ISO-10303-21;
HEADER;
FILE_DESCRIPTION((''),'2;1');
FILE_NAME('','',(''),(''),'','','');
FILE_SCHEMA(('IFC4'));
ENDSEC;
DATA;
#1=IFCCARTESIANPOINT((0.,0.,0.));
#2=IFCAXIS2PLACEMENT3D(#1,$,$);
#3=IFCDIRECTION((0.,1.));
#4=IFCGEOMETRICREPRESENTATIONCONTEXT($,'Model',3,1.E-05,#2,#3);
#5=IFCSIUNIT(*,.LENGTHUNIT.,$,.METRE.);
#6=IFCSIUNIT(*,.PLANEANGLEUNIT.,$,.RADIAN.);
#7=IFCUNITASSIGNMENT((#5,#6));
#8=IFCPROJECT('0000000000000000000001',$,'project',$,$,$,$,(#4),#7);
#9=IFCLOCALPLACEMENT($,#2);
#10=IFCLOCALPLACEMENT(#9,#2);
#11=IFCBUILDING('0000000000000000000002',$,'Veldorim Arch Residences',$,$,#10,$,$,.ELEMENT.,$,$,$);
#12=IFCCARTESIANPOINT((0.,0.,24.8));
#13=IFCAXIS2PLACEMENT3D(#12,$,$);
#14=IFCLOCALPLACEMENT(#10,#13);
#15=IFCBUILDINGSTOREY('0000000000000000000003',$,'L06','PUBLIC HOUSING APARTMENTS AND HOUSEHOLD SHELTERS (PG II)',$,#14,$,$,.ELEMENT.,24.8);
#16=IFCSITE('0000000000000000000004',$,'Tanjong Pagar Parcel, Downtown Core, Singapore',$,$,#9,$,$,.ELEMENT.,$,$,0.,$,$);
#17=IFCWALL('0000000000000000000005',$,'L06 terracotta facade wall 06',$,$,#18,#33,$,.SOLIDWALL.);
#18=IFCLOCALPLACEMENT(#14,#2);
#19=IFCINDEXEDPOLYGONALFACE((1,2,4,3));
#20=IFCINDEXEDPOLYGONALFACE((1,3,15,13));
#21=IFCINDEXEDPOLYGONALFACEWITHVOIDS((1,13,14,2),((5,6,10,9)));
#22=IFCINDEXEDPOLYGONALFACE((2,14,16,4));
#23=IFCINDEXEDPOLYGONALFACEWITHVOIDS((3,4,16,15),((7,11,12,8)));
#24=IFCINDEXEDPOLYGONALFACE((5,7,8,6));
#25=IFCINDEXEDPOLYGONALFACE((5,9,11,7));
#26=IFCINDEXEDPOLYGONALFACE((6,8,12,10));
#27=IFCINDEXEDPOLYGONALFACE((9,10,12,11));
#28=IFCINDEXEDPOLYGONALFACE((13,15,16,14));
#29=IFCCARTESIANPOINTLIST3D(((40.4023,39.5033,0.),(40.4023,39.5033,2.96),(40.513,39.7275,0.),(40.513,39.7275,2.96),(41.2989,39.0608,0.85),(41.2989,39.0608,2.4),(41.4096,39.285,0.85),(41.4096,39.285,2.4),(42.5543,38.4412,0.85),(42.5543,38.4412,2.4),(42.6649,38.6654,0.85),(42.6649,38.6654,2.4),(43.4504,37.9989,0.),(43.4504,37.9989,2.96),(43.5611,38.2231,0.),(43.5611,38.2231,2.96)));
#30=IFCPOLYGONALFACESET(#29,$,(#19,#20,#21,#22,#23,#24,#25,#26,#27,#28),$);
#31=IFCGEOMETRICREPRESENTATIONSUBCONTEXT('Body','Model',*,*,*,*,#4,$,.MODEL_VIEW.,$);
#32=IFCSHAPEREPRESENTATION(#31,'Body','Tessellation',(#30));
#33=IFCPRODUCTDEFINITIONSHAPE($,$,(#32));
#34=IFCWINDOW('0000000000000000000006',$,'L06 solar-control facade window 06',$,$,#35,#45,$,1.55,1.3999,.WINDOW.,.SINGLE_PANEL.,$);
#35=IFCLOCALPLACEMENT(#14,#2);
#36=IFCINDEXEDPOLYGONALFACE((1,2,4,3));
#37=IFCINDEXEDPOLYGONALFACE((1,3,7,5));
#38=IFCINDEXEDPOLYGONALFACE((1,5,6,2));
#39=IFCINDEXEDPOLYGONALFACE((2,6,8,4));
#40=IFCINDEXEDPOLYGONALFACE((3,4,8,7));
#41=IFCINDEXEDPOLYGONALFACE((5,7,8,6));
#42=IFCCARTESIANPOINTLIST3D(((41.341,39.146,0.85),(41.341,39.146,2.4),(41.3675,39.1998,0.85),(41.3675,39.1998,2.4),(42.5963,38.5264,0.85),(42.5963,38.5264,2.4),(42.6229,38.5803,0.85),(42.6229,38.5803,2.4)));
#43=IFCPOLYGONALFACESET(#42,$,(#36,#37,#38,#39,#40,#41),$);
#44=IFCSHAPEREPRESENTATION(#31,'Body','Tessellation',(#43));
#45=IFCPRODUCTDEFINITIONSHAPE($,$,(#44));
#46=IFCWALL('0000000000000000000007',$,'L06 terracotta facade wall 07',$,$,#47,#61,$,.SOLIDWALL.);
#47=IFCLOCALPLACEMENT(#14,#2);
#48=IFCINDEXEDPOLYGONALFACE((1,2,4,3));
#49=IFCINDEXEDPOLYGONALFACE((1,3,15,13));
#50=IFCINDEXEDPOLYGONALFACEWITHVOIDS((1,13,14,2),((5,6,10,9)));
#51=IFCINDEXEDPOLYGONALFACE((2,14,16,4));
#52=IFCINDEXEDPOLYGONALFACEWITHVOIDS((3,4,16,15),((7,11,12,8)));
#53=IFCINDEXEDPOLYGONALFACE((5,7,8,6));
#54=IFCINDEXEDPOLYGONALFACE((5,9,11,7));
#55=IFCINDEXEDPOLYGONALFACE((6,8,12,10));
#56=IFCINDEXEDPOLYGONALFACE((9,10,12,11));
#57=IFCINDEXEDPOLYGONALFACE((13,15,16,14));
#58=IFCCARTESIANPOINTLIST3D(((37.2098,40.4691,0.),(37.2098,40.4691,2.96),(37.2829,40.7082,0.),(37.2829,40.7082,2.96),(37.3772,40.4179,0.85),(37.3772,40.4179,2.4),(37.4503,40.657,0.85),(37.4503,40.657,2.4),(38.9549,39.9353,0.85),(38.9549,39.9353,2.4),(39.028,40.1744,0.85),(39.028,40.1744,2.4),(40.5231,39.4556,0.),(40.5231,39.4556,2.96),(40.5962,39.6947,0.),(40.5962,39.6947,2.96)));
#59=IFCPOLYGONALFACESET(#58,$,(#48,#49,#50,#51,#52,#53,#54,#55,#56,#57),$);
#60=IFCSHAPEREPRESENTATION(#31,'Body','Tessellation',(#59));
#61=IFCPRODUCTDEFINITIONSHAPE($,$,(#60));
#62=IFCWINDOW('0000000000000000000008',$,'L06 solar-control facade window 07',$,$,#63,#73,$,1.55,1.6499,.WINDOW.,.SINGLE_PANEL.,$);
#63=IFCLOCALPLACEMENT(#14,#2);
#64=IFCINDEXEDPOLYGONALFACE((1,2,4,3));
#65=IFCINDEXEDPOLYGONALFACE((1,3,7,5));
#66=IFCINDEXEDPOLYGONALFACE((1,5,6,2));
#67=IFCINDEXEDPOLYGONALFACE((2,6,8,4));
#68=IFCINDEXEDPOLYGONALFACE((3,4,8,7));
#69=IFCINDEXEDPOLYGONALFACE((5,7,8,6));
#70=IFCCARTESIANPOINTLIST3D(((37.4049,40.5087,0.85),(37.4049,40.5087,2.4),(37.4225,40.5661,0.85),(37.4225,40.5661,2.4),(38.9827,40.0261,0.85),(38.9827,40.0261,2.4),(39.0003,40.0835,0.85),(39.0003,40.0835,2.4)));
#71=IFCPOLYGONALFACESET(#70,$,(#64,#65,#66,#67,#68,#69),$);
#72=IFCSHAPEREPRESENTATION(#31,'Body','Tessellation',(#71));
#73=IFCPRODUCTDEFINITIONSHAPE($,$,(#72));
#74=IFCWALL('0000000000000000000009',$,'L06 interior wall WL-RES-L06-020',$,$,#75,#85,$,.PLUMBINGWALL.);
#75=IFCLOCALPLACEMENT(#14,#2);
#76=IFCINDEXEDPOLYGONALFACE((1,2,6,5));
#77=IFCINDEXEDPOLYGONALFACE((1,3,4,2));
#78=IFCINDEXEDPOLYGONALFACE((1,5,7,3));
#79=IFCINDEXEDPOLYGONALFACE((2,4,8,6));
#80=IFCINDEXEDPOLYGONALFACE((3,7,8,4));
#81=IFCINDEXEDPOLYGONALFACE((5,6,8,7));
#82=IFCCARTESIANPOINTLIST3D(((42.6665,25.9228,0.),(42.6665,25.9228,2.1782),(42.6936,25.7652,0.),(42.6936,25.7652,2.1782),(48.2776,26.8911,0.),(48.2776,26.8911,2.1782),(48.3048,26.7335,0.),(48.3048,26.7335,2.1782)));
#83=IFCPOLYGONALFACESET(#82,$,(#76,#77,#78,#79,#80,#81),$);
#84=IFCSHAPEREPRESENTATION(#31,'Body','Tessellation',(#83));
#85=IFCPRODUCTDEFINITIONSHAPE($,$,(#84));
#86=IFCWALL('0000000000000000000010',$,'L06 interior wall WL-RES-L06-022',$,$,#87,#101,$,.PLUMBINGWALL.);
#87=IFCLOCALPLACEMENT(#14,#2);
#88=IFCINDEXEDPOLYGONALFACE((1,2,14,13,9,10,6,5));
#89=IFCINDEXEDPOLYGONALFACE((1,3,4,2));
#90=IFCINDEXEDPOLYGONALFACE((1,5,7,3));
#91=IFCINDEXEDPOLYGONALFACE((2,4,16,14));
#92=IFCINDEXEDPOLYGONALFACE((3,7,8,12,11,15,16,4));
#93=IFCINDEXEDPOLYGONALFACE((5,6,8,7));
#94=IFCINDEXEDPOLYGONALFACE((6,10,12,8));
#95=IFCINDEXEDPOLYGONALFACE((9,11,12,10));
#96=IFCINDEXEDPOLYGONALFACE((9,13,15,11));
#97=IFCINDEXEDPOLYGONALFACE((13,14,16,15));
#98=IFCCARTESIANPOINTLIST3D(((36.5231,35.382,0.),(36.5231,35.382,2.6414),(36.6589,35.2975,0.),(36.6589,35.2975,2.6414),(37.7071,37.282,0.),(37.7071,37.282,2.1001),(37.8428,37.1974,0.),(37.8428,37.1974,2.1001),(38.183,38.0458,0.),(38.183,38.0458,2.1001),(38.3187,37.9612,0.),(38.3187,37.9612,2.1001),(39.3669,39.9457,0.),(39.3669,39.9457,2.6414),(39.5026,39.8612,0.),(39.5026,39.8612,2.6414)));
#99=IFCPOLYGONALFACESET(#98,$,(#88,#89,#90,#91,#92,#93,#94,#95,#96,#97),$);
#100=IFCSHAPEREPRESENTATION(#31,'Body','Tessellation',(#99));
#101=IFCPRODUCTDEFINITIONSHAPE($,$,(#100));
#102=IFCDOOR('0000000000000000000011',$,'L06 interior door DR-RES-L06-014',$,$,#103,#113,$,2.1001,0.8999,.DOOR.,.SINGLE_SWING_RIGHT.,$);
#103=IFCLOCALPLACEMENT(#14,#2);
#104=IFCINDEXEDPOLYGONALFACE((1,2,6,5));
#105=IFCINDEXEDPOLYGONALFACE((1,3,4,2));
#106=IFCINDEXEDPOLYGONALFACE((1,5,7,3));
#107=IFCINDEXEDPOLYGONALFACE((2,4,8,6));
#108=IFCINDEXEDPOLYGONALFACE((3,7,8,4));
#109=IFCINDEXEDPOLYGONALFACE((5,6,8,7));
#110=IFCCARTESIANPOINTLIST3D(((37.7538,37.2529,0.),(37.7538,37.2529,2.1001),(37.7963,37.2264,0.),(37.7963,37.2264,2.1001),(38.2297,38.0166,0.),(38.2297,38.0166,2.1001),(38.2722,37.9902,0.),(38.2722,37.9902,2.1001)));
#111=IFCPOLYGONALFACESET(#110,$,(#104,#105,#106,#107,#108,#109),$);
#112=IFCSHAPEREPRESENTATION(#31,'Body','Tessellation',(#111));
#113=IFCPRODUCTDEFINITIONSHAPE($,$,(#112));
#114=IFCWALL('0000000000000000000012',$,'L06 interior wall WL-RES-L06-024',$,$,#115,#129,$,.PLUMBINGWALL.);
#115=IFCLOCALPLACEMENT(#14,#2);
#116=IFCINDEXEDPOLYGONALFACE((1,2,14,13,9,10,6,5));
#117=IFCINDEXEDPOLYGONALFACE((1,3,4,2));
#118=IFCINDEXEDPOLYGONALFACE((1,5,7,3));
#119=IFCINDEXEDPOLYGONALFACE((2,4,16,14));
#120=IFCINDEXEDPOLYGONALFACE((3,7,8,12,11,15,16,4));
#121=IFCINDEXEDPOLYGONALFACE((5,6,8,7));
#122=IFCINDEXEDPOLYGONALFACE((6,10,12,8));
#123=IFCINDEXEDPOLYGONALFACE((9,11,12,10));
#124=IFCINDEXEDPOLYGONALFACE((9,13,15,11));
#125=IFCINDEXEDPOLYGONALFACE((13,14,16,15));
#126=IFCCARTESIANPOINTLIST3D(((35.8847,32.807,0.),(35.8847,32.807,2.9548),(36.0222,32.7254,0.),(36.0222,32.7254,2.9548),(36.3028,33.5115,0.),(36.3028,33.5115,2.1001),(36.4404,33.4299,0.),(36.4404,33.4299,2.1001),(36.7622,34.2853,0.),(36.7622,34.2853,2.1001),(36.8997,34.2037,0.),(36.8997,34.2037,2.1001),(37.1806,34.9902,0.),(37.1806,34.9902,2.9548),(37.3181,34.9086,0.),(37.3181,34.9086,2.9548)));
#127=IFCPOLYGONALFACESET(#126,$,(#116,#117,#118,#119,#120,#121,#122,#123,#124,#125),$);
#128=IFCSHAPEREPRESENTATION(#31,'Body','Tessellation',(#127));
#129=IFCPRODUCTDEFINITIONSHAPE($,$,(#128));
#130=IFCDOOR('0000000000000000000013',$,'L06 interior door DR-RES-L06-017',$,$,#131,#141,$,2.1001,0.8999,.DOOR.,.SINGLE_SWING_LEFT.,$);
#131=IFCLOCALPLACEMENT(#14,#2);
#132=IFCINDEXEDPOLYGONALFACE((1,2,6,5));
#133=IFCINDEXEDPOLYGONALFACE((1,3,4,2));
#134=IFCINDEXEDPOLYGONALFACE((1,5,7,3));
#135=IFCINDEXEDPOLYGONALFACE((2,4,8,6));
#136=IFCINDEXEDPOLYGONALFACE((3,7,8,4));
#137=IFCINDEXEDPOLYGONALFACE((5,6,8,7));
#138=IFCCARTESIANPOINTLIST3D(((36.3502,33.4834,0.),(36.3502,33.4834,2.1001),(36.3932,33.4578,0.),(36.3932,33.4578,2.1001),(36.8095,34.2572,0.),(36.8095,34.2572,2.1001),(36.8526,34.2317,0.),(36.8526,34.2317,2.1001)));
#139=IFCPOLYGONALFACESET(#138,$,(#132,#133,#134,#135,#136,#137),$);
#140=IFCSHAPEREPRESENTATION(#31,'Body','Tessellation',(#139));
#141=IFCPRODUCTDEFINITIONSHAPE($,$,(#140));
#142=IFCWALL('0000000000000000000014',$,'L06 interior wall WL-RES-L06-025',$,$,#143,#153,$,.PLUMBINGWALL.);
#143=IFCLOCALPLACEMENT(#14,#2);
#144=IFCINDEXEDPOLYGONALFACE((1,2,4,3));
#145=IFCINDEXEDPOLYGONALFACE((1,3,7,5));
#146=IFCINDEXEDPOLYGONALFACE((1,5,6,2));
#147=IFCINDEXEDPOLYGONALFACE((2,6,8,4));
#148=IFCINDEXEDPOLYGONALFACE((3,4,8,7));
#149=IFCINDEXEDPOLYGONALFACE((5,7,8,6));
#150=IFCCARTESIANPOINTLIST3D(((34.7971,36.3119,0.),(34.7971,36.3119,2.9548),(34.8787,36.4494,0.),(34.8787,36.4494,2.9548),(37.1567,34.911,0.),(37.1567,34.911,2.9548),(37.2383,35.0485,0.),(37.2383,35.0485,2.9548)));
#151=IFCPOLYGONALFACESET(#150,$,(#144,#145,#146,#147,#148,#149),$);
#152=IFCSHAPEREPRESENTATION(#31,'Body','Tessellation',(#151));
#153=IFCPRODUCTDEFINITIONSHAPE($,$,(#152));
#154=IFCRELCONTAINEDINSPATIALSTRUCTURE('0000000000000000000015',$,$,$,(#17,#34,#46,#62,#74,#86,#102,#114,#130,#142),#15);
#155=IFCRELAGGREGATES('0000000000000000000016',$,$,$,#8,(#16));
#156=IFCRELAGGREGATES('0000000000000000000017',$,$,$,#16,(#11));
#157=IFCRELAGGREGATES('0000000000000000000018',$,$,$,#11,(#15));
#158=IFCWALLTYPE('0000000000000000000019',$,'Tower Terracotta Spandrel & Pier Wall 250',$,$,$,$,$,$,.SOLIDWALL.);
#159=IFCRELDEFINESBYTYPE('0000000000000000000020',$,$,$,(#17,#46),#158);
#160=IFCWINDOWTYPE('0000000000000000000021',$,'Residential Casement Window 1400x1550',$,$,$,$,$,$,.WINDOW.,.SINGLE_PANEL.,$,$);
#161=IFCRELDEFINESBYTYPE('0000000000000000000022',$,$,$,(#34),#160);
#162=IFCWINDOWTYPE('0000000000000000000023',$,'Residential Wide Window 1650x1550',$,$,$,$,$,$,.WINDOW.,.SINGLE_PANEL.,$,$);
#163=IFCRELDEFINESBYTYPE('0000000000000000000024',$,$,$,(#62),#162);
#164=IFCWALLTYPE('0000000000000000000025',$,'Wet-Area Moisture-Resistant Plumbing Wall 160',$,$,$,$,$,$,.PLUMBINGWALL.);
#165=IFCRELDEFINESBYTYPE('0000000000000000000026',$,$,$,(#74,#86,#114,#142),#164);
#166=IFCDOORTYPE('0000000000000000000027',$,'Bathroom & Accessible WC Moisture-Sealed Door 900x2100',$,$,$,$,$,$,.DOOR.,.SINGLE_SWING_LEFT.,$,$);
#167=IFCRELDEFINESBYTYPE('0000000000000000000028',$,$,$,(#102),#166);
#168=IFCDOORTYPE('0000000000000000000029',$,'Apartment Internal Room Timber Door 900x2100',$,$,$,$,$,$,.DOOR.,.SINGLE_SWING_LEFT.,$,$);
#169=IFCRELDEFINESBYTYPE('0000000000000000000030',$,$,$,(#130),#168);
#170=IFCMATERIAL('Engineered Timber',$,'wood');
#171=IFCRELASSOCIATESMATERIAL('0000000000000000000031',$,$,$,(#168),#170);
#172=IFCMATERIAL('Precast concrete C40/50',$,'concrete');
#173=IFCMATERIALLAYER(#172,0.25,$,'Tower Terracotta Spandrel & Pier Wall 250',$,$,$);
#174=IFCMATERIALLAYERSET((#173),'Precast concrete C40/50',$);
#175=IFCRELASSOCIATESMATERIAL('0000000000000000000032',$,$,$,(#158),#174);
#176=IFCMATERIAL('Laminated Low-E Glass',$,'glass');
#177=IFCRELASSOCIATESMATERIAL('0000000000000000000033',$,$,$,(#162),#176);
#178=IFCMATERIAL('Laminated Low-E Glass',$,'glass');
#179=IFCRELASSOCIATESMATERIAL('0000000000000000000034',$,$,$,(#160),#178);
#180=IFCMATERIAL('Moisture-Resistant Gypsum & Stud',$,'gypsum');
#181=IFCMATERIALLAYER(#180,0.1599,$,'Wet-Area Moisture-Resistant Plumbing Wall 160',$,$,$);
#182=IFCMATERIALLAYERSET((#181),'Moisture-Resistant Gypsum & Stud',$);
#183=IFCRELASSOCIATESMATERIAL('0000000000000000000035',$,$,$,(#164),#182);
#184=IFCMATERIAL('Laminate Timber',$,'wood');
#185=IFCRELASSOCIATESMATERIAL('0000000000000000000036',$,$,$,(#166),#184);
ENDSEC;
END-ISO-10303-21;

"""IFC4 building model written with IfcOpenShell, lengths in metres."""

from ifc_helpers import new_model, si_unit, direction, frame, frame_2d, origin, place, context, subcontext, project, spatial, rectangle, extrude, material, layer, layer_set, type_object, element, fill, save


model = new_model("IFC4")

# Units and contexts
model_context = context("Model", 3, precision=1e-05, world=origin(), true_north=direction((0.0, 1.0)))
body_context = subcontext(model_context, "Body", "Model", "MODEL_VIEW")
ifc_project = project(units=[si_unit("LENGTHUNIT", "METRE"), si_unit("PLANEANGLEUNIT", "RADIAN")], contexts=[model_context])

# Site, building, storey
site_placement = place(None, origin())
site = spatial("IfcSite", under=ifc_project, at=site_placement, Name="Tanjong Pagar Parcel, Downtown Core, Singapore", CompositionType="ELEMENT", RefElevation=0.0)
building_placement = place(site_placement, origin())
building = spatial("IfcBuilding", under=site, at=building_placement, Name="Veldorim Arch Residences", CompositionType="ELEMENT")
storey_placement = place(building_placement, frame((0.0, 0.0, 24.8)))
storey = spatial("IfcBuildingStorey", under=building, at=storey_placement, Name="L06", Description="PUBLIC HOUSING APARTMENTS AND HOUSEHOLD SHELTERS (PG II)", CompositionType="ELEMENT", Elevation=24.8)

# Shared definitions
ifc_material_1 = material(Name="Engineered Timber", Category="wood")
door_type_1 = type_object("IfcDoorType", Name="Apartment Internal Room Timber Door 900x2100", OperationType="SINGLE_SWING_LEFT", PredefinedType="DOOR", material=ifc_material_1)

# Walls, openings, windows
ifc_material_2 = material(Name="Precast concrete C40/50", Category="concrete")
ifc_layer_1 = layer(ifc_material_2, 0.25, Name="Tower Terracotta Spandrel & Pier Wall 250")
ifc_layer_set_1 = layer_set([ifc_layer_1], Name="Precast concrete C40/50")
wall_type_1 = type_object("IfcWallType", Name="Tower Terracotta Spandrel & Pier Wall 250", PredefinedType="SOLIDWALL", material=ifc_layer_set_1)
ifc_material_3 = material(Name="Laminated Low-E Glass", Category="glass")
window_type_1 = type_object("IfcWindowType", Name="Residential Wide Window 1650x1550", PartitioningType="SINGLE_PANEL", PredefinedType="WINDOW", material=ifc_material_3)
wall_1_placement = place(storey_placement, frame((40.4575, 39.6155, 0.0), z_axis=(0.0, 0.0, 1.0), x_axis=(0.896728, -0.442582, 0.0)))
wall_1 = element("IfcWall", 1, at=wall_1_placement, inside=storey, type_object=wall_type_1, Name="L06 terracotta facade wall 06", PredefinedType="SOLIDWALL", context=body_context, shape_type="SweptSolid", body=[
    extrude(rectangle(XDim=3.3992, YDim=0.25, at=frame_2d((1.6997, 0.0))), origin(), (0.0, 0.0, 1.0), 2.96),
])
opening_1_placement = place(wall_1_placement, frame((1.0, 0.0, 0.8501)))
opening_1 = element("IfcOpeningElement", 2, at=opening_1_placement, cuts=wall_1, PredefinedType="OPENING", context=body_context, shape_type="SweptSolid", body=[
    extrude(rectangle(XDim=1.3999, YDim=1.55, at=frame_2d((0.7, 0.7749))), frame((0.0, 0.135, 0.0), z_axis=(0.0, -1.0, 0.0), x_axis=(1.0, 0.0, 0.0)), (0.0, 0.0, 1.0), 0.27),
])
ifc_material_4 = material(Name="Laminated Low-E Glass", Category="glass")
window_type_2 = type_object("IfcWindowType", Name="Residential Casement Window 1400x1550", PartitioningType="SINGLE_PANEL", PredefinedType="WINDOW", material=ifc_material_4)
window_1_placement = place(opening_1_placement, origin())
window_1 = element("IfcWindow", 3, at=window_1_placement, inside=storey, type_object=window_type_2, Name="L06 solar-control facade window 06", OverallHeight=1.55, OverallWidth=1.3999, PartitioningType="SINGLE_PANEL", PredefinedType="WINDOW", context=body_context, shape_type="SweptSolid", body=[
    extrude(rectangle(XDim=1.3999, YDim=1.55, at=frame_2d((0.7, 0.7749))), frame((0.0, 0.03, 0.0), z_axis=(0.0, -1.0, 0.0), x_axis=(1.0, 0.0, 0.0)), (0.0, 0.0, 1.0), 0.0601),
])
fill(opening_1, window_1)
wall_2_placement = place(storey_placement, frame((37.2463, 40.5886, 0.0), z_axis=(0.0, 0.0, 1.0), x_axis=(0.956267, -0.292496, 0.0)))
wall_2 = element("IfcWall", 4, at=wall_2_placement, inside=storey, type_object=wall_type_1, Name="L06 terracotta facade wall 07", PredefinedType="SOLIDWALL", context=body_context, shape_type="SweptSolid", body=[
    extrude(rectangle(XDim=3.4648, YDim=0.25, at=frame_2d((1.7324, 0.0))), origin(), (0.0, 0.0, 1.0), 2.96),
])
opening_2_placement = place(wall_2_placement, frame((0.175, 0.0, 0.8501)))
opening_2 = element("IfcOpeningElement", 5, at=opening_2_placement, cuts=wall_2, PredefinedType="OPENING", context=body_context, shape_type="SweptSolid", body=[
    extrude(rectangle(XDim=1.6499, YDim=1.55, at=frame_2d((0.825, 0.7749))), frame((0.0, 0.135, 0.0), z_axis=(0.0, -1.0, 0.0), x_axis=(1.0, 0.0, 0.0)), (0.0, 0.0, 1.0), 0.27),
])
window_2_placement = place(opening_2_placement, origin())
window_2 = element("IfcWindow", 6, at=window_2_placement, inside=storey, type_object=window_type_1, Name="L06 solar-control facade window 07", OverallHeight=1.55, OverallWidth=1.6499, PartitioningType="SINGLE_PANEL", PredefinedType="WINDOW", context=body_context, shape_type="SweptSolid", body=[
    extrude(rectangle(XDim=1.6499, YDim=1.55, at=frame_2d((0.825, 0.7749))), frame((0.0, 0.03, 0.0), z_axis=(0.0, -1.0, 0.0), x_axis=(1.0, 0.0, 0.0)), (0.0, 0.0, 1.0), 0.0601),
])
fill(opening_2, window_2)

# Wall
ifc_material_5 = material(Name="Moisture-Resistant Gypsum & Stud", Category="gypsum")
ifc_layer_2 = layer(ifc_material_5, 0.1599, Name="Wet-Area Moisture-Resistant Plumbing Wall 160")
ifc_layer_set_2 = layer_set([ifc_layer_2], Name="Moisture-Resistant Gypsum & Stud")
wall_type_2 = type_object("IfcWallType", Name="Wet-Area Moisture-Resistant Plumbing Wall 160", PredefinedType="PLUMBINGWALL", material=ifc_layer_set_2)
wall_3_placement = place(storey_placement, frame((42.6799, 25.844, 0.0), z_axis=(0.0, 0.0, 1.0), x_axis=(0.985436, 0.170049, 0.0)))
element("IfcWall", 7, at=wall_3_placement, inside=storey, type_object=wall_type_2, Name="L06 interior wall WL-RES-L06-020", PredefinedType="PLUMBINGWALL", context=body_context, shape_type="SweptSolid", body=[
    extrude(rectangle(XDim=5.6941, YDim=0.1599, at=frame_2d((2.8472, 0.0))), origin(), (0.0, 0.0, 1.0), 2.1782),
])

# Walls, openings, doors
wall_4_placement = place(storey_placement, frame((36.5911, 35.3398, 0.0), z_axis=(0.0, 0.0, 1.0), x_axis=(0.528852, 0.848714, 0.0)))
wall_4 = element("IfcWall", 8, at=wall_4_placement, inside=storey, type_object=wall_type_2, Name="L06 interior wall WL-RES-L06-022", PredefinedType="PLUMBINGWALL", context=body_context, shape_type="SweptSolid", body=[
    extrude(rectangle(XDim=5.3772, YDim=0.1599, at=frame_2d((2.6885, 0.0))), origin(), (0.0, 0.0, 1.0), 2.6414),
])
opening_3_placement = place(wall_4_placement, frame((2.2385, 0.0, 0.0)))
opening_3 = element("IfcOpeningElement", 9, at=opening_3_placement, cuts=wall_4, PredefinedType="OPENING", context=body_context, shape_type="SweptSolid", body=[
    extrude(rectangle(XDim=0.8999, YDim=2.1001, at=frame_2d((0.45, 1.05))), frame((0.0, 0.0898, 0.0), z_axis=(0.0, -1.0, 0.0), x_axis=(1.0, 0.0, 0.0)), (0.0, 0.0, 1.0), 0.1799),
])
ifc_material_6 = material(Name="Laminate Timber", Category="wood")
door_type_2 = type_object("IfcDoorType", Name="Bathroom & Accessible WC Moisture-Sealed Door 900x2100", OperationType="SINGLE_SWING_LEFT", PredefinedType="DOOR", material=ifc_material_6)
door_1_placement = place(opening_3_placement, origin())
door_1 = element("IfcDoor", 10, at=door_1_placement, inside=storey, type_object=door_type_2, Name="L06 interior door DR-RES-L06-014", OperationType="SINGLE_SWING_RIGHT", OverallHeight=2.1001, OverallWidth=0.8999, PredefinedType="DOOR", context=body_context, shape_type="SweptSolid", body=[
    extrude(rectangle(XDim=0.8999, YDim=2.1001, at=frame_2d((0.45, 1.05))), frame((0.0, 0.0249, 0.0), z_axis=(0.0, -1.0, 0.0), x_axis=(1.0, 0.0, 0.0)), (0.0, 0.0, 1.0), 0.05),
])
fill(opening_3, door_1)
wall_5_placement = place(storey_placement, frame((35.9534, 32.7661, 0.0), z_axis=(0.0, 0.0, 1.0), x_axis=(0.510445, 0.85991, 0.0)))
wall_5 = element("IfcWall", 11, at=wall_5_placement, inside=storey, type_object=wall_type_2, Name="L06 interior wall WL-RES-L06-024", PredefinedType="PLUMBINGWALL", context=body_context, shape_type="SweptSolid", body=[
    extrude(rectangle(XDim=2.5388, YDim=0.1599, at=frame_2d((1.2695, 0.0))), origin(), (0.0, 0.0, 1.0), 2.9548),
])
opening_4_placement = place(wall_5_placement, frame((0.8193, 0.0, 0.0)))
opening_4 = element("IfcOpeningElement", 12, at=opening_4_placement, cuts=wall_5, PredefinedType="OPENING", context=body_context, shape_type="SweptSolid", body=[
    extrude(rectangle(XDim=0.8999, YDim=2.1001, at=frame_2d((0.45, 1.05))), frame((0.0, 0.0898, 0.0), z_axis=(0.0, -1.0, 0.0), x_axis=(1.0, 0.0, 0.0)), (0.0, 0.0, 1.0), 0.1799),
])
door_2_placement = place(opening_4_placement, origin())
door_2 = element("IfcDoor", 13, at=door_2_placement, inside=storey, type_object=door_type_1, Name="L06 interior door DR-RES-L06-017", OperationType="SINGLE_SWING_LEFT", OverallHeight=2.1001, OverallWidth=0.8999, PredefinedType="DOOR", context=body_context, shape_type="SweptSolid", body=[
    extrude(rectangle(XDim=0.8999, YDim=2.1001, at=frame_2d((0.45, 1.05))), frame((0.0, 0.0249, 0.0), z_axis=(0.0, -1.0, 0.0), x_axis=(1.0, 0.0, 0.0)), (0.0, 0.0, 1.0), 0.05),
])
fill(opening_4, door_2)

# Wall
wall_6_placement = place(storey_placement, frame((37.1975, 34.9797, 0.0), z_axis=(0.0, 0.0, 1.0), x_axis=(-0.859878, 0.5105, 0.0)))
element("IfcWall", 14, at=wall_6_placement, inside=storey, type_object=wall_type_2, Name="L06 interior wall WL-RES-L06-025", PredefinedType="PLUMBINGWALL", context=body_context, shape_type="SweptSolid", body=[
    extrude(rectangle(XDim=2.7441, YDim=0.1599, at=frame_2d((1.3721, 0.0))), origin(), (0.0, 0.0, 1.0), 2.9548),
])

save(model, "model.ifc")
